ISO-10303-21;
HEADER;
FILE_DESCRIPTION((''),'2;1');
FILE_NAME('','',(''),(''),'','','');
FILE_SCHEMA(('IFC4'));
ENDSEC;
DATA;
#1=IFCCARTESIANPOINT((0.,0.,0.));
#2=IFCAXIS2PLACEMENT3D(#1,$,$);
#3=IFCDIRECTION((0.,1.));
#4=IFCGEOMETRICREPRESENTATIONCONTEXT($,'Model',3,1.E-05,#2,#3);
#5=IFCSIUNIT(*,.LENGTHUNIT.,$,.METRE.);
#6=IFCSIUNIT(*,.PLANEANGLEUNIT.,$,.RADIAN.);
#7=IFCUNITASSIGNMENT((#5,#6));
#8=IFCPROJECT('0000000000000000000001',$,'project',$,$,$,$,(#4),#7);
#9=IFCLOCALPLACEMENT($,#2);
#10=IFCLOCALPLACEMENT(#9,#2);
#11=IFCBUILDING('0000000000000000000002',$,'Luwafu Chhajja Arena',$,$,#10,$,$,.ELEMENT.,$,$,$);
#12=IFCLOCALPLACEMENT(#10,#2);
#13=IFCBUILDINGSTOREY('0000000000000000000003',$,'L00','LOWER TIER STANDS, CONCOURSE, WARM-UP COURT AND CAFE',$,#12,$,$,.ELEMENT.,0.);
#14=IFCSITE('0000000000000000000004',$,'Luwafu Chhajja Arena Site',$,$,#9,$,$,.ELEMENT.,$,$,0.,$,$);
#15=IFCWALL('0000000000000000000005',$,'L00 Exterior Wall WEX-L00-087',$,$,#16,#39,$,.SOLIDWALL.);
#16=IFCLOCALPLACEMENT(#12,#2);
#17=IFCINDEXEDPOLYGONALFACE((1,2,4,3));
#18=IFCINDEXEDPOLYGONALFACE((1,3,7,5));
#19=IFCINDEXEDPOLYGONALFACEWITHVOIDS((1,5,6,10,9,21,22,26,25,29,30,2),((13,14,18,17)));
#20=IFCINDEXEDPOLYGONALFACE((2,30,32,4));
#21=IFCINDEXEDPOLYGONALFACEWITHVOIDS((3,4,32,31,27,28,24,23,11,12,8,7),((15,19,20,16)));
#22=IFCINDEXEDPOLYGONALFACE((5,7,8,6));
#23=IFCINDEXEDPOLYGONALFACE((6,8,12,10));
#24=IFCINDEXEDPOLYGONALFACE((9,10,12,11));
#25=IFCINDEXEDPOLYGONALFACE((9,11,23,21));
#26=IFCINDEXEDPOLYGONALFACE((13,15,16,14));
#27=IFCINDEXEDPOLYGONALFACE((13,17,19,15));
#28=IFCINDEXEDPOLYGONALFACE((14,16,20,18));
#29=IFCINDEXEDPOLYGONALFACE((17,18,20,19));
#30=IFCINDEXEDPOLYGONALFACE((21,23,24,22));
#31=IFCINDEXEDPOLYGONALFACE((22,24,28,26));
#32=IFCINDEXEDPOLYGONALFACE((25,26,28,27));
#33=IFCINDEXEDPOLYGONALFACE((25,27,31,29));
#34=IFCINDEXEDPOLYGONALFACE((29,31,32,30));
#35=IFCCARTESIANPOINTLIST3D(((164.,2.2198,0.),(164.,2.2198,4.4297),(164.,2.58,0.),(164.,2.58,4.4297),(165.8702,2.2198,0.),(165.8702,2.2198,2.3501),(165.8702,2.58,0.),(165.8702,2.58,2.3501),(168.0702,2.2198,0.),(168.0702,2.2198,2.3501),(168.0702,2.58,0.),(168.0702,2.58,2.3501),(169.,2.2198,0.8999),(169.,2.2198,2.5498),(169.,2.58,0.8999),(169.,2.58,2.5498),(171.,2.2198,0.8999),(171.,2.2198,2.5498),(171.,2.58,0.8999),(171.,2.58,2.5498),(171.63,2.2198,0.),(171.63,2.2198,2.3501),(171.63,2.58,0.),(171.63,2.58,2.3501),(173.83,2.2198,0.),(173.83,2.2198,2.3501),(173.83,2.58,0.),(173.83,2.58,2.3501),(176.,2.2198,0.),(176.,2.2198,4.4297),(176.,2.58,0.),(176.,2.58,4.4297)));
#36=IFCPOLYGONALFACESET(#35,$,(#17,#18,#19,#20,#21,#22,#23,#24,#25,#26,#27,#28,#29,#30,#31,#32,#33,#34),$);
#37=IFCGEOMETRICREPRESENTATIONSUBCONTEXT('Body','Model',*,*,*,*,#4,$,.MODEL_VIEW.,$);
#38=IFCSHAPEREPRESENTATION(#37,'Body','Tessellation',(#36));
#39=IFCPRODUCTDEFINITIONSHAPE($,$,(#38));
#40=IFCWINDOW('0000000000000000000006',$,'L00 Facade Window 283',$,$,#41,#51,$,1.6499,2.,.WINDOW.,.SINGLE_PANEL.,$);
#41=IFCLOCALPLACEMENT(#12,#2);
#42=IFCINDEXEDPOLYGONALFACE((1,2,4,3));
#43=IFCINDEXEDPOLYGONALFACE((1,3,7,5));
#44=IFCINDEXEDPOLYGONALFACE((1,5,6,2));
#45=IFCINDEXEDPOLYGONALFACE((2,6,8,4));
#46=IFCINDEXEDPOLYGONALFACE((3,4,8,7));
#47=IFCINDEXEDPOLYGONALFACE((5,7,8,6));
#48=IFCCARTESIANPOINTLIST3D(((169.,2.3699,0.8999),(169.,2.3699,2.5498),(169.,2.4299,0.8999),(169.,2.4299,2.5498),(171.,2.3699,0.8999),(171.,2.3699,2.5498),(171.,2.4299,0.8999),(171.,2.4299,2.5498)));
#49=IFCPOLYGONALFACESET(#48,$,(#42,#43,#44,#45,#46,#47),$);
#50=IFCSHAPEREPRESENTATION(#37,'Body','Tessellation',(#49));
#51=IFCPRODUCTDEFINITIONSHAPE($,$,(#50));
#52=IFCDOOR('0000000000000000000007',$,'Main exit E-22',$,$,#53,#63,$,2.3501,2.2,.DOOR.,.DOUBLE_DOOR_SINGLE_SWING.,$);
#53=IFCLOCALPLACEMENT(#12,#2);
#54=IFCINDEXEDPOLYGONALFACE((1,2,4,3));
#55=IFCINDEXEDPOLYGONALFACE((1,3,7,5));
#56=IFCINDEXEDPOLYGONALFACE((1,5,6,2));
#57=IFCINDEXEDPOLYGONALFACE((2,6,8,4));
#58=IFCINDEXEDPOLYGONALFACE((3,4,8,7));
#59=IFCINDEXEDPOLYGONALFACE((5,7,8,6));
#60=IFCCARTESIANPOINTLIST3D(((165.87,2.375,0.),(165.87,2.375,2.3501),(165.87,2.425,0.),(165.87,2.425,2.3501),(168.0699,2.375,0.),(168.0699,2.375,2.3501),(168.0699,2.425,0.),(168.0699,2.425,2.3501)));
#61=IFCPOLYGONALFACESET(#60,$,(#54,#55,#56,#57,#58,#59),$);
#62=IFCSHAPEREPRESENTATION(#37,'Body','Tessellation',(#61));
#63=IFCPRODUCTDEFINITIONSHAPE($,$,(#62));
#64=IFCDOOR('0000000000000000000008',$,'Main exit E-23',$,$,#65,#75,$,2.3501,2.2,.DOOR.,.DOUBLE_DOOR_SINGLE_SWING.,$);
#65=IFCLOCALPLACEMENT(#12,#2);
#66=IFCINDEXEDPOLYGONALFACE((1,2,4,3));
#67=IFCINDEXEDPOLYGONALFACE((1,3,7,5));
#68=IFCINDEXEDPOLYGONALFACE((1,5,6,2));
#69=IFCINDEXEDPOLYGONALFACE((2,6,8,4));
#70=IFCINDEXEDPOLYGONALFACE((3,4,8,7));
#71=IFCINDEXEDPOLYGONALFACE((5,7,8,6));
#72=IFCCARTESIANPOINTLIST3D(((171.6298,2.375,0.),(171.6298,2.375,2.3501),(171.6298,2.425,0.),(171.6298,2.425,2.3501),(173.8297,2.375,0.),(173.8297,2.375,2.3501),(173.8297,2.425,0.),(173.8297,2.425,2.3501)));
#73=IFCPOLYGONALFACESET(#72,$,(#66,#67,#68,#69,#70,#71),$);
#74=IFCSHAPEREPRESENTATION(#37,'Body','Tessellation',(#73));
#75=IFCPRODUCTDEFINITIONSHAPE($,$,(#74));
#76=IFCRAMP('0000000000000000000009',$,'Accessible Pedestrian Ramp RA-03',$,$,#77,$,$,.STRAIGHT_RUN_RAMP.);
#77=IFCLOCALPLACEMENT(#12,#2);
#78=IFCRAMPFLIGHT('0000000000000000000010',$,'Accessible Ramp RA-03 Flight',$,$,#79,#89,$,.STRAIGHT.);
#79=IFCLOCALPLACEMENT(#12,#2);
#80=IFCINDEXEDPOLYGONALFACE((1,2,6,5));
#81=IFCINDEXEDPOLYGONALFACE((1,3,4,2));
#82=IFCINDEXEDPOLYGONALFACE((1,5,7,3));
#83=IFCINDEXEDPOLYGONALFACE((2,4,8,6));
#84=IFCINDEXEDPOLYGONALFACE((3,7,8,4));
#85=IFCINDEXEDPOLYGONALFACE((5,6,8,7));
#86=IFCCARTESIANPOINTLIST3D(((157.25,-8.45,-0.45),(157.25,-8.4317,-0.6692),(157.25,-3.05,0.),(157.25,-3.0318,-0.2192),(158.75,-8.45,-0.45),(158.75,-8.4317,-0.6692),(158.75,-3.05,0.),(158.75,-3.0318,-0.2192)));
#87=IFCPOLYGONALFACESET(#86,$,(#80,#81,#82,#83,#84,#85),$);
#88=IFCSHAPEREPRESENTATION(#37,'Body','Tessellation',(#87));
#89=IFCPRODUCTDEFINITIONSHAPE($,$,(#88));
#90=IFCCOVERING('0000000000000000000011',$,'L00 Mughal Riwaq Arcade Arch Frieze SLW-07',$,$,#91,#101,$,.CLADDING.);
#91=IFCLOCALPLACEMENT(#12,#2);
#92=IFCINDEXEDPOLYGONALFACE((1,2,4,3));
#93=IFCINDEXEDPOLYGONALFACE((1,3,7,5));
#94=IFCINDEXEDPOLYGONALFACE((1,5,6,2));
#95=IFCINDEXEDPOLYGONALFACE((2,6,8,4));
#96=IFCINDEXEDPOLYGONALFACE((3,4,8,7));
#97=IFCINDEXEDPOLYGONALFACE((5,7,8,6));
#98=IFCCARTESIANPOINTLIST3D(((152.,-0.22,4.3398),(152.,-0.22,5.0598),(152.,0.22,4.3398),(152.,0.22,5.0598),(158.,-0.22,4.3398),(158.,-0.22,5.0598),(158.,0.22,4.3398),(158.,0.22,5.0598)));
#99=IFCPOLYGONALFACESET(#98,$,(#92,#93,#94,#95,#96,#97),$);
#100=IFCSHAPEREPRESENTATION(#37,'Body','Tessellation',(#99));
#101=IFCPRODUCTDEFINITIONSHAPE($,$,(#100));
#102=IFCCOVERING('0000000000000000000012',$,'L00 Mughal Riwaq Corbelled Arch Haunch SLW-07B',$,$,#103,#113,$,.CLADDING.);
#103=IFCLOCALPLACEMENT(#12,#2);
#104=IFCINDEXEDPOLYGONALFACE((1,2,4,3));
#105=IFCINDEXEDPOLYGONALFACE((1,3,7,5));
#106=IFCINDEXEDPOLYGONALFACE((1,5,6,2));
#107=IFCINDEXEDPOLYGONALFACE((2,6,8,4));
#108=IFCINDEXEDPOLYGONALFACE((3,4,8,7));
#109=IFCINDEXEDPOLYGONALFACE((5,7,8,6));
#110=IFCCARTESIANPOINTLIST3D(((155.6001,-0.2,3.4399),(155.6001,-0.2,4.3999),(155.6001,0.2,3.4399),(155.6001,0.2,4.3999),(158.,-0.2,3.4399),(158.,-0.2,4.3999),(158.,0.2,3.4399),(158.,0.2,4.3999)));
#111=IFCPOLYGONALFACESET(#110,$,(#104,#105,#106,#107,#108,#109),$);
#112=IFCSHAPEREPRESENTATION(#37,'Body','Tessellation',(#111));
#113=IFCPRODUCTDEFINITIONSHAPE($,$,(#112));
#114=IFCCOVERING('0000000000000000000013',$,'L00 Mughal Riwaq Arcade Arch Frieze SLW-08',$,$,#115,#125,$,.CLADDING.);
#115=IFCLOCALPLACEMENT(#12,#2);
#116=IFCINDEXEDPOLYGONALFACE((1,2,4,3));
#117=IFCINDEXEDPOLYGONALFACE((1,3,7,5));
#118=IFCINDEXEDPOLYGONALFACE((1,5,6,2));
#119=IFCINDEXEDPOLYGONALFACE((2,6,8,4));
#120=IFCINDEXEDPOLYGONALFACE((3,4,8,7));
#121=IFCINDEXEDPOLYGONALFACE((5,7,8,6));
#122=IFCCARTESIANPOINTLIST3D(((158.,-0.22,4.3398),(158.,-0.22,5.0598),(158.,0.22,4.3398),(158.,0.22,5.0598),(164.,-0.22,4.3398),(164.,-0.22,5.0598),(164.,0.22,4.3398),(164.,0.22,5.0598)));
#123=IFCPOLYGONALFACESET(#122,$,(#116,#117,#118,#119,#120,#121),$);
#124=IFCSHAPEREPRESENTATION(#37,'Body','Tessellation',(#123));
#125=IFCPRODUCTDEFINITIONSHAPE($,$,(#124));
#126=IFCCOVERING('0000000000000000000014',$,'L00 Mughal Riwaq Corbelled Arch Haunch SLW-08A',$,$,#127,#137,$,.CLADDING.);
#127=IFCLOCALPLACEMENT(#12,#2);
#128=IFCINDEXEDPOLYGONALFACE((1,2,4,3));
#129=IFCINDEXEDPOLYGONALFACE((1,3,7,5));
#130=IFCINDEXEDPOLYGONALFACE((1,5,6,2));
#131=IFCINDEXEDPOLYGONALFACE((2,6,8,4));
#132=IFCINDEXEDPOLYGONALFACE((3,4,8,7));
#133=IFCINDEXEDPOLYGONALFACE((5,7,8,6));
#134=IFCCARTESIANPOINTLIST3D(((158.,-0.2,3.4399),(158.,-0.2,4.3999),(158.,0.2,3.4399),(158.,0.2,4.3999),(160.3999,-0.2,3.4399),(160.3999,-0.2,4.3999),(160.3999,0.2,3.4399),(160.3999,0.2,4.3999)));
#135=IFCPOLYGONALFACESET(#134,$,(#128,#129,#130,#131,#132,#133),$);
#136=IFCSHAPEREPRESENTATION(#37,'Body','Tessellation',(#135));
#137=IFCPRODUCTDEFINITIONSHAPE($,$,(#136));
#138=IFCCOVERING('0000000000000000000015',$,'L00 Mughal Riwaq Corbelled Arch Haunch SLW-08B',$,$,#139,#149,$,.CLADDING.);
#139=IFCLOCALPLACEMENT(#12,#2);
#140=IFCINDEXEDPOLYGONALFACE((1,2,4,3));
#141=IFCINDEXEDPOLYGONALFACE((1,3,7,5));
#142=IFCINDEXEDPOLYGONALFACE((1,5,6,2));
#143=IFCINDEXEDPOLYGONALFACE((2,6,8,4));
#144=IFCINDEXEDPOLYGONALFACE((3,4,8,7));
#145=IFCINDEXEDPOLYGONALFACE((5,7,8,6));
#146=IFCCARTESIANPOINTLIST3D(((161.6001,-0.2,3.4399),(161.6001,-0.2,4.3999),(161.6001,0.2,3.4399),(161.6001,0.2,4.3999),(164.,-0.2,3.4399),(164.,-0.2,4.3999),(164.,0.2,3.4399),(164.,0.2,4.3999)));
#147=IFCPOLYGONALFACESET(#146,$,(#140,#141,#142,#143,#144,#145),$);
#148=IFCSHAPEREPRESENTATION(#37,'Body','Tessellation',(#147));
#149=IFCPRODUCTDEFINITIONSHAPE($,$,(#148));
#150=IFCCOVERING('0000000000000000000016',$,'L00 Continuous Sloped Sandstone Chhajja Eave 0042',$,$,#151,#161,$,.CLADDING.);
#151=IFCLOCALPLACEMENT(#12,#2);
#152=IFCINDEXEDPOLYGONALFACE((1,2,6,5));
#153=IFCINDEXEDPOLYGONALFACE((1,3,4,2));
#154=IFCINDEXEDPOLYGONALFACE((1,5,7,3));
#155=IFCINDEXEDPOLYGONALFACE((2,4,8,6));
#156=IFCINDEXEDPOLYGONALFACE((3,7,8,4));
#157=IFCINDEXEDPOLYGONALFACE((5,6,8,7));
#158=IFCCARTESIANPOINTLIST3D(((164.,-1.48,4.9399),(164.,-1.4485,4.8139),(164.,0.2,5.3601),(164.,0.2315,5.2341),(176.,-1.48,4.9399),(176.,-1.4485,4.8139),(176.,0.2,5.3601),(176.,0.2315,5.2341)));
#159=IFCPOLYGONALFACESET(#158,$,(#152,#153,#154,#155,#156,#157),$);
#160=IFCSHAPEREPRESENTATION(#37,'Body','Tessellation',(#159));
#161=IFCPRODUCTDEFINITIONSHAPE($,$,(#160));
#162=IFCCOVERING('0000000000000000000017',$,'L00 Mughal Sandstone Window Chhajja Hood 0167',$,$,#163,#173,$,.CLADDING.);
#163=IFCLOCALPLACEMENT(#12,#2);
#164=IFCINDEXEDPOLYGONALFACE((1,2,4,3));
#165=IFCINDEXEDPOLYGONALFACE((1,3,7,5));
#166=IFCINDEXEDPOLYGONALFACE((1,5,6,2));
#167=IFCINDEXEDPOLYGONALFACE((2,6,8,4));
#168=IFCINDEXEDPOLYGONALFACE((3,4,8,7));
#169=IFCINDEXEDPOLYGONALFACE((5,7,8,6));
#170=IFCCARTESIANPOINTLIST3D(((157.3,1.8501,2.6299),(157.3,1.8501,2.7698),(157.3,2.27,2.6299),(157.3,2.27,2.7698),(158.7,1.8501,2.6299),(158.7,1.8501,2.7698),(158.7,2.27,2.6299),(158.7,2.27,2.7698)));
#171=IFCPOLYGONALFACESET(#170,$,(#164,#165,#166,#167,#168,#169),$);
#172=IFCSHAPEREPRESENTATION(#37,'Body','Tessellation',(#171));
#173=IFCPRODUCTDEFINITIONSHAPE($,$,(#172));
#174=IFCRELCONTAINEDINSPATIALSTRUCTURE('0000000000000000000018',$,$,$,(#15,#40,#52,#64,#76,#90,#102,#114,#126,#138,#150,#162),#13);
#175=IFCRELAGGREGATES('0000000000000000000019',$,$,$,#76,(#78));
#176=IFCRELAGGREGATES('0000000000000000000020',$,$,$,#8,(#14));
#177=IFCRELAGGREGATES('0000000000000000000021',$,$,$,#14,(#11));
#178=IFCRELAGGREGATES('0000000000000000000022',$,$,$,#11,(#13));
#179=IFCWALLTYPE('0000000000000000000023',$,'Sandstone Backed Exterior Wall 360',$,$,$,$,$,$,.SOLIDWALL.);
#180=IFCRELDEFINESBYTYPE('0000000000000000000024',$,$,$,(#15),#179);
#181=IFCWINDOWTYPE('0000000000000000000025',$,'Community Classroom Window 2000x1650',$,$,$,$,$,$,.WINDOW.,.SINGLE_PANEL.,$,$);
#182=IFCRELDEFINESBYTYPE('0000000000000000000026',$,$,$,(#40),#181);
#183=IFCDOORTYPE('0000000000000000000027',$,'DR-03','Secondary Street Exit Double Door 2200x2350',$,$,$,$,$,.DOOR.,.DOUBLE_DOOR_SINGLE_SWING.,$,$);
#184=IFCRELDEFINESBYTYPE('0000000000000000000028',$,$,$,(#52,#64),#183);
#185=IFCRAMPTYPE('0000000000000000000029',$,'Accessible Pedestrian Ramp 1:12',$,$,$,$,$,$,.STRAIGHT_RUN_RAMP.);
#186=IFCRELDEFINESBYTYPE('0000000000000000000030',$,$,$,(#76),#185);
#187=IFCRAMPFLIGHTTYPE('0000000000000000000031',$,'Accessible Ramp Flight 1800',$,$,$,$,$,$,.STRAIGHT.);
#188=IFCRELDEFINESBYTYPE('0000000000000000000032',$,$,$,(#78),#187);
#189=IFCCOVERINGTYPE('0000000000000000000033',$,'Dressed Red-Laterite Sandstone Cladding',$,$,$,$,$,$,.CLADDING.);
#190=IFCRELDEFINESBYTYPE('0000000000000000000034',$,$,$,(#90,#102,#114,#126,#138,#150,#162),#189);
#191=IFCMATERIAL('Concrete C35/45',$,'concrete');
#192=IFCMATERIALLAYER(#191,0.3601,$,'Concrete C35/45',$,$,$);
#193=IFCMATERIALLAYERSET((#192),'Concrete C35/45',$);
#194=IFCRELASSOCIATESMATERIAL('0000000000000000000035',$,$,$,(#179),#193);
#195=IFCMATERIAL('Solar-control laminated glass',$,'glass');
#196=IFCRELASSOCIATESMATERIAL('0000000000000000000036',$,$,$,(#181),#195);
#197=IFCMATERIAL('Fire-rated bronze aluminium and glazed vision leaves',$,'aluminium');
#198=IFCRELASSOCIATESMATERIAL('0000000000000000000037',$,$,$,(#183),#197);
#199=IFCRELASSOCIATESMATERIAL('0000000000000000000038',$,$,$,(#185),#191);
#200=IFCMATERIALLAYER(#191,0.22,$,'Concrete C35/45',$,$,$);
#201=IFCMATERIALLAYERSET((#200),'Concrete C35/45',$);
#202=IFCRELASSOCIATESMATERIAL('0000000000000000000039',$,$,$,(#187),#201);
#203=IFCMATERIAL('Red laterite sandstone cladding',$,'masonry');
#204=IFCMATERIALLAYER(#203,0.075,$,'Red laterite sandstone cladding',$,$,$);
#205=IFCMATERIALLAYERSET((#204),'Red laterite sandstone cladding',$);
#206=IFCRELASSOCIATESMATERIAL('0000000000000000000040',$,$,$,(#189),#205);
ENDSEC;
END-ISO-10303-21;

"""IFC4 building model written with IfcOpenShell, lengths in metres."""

from ifc_helpers import new_model, si_unit, direction, frame, frame_2d, origin, origin_2d, place, context, subcontext, project, spatial, polyline, rectangle, outline, extrude, material, layer, layer_set, type_object, element, fill, aggregate, save


model = new_model("IFC4")

# Units and contexts
model_context = context("Model", 3, precision=1e-05, world=origin(), true_north=direction((0.0, 1.0)))
body_context = subcontext(model_context, "Body", "Model", "MODEL_VIEW")
ifc_project = project(units=[si_unit("LENGTHUNIT", "METRE"), si_unit("PLANEANGLEUNIT", "RADIAN")], contexts=[model_context])

# Site, building, storey
site_placement = place(None, origin())
site = spatial("IfcSite", under=ifc_project, at=site_placement, Name="Luwafu Chhajja Arena Site", CompositionType="ELEMENT", RefElevation=0.0)
building_placement = place(site_placement, origin())
building = spatial("IfcBuilding", under=site, at=building_placement, Name="Luwafu Chhajja Arena", CompositionType="ELEMENT")
storey_placement = place(building_placement, origin())
storey = spatial("IfcBuildingStorey", under=building, at=storey_placement, Name="L00", Description="LOWER TIER STANDS, CONCOURSE, WARM-UP COURT AND CAFE", CompositionType="ELEMENT", Elevation=0.0)

# Shared definitions
ifc_material_1 = material(Name="Concrete C35/45", Category="concrete")

# Wall, openings, window, doors
ifc_layer_1 = layer(ifc_material_1, 0.3601, Name="Concrete C35/45")
ifc_layer_set_1 = layer_set([ifc_layer_1], Name="Concrete C35/45")
wall_type_1 = type_object("IfcWallType", Name="Sandstone Backed Exterior Wall 360", PredefinedType="SOLIDWALL", material=ifc_layer_set_1)
wall_1_placement = place(storey_placement, frame((164.0, 2.3999, 0.0), z_axis=(0.0, 0.0, 1.0), x_axis=(1.0, 0.0, 0.0)))
wall_1 = element("IfcWall", 1, at=wall_1_placement, inside=storey, type_object=wall_type_1, Name="L00 Exterior Wall WEX-L00-087", PredefinedType="SOLIDWALL", context=body_context, shape_type="SweptSolid", body=[
    extrude(rectangle(XDim=12.0, YDim=0.3601, at=frame_2d((6.0, 0.0))), origin(), (0.0, 0.0, 1.0), 4.4297),
])
opening_1_placement = place(wall_1_placement, frame((1.8701, 0.0, 0.0)))
opening_1 = element("IfcOpeningElement", 2, at=opening_1_placement, cuts=wall_1, PredefinedType="OPENING", context=body_context, shape_type="SweptSolid", body=[
    extrude(rectangle(XDim=2.2, YDim=2.3501, at=frame_2d((1.1001, 1.175))), frame((0.0, 0.1899, 0.0), z_axis=(0.0, -1.0, 0.0), x_axis=(1.0, 0.0, 0.0)), (0.0, 0.0, 1.0), 0.3801),
])
opening_2_placement = place(wall_1_placement, frame((7.6299, 0.0, 0.0)))
opening_2 = element("IfcOpeningElement", 3, at=opening_2_placement, cuts=wall_1, PredefinedType="OPENING", context=body_context, shape_type="SweptSolid", body=[
    extrude(rectangle(XDim=2.2, YDim=2.3501, at=frame_2d((1.1001, 1.175))), frame((0.0, 0.1899, 0.0), z_axis=(0.0, -1.0, 0.0), x_axis=(1.0, 0.0, 0.0)), (0.0, 0.0, 1.0), 0.3801),
])
opening_3_placement = place(wall_1_placement, frame((5.0, 0.0, 0.8999)))
opening_3 = element("IfcOpeningElement", 4, at=opening_3_placement, cuts=wall_1, PredefinedType="OPENING", context=body_context, shape_type="SweptSolid", body=[
    extrude(rectangle(XDim=2.0, YDim=1.6499, at=frame_2d((1.0, 0.825))), frame((0.0, 0.1899, 0.0), z_axis=(0.0, -1.0, 0.0), x_axis=(1.0, 0.0, 0.0)), (0.0, 0.0, 1.0), 0.3801),
])
ifc_material_2 = material(Name="Solar-control laminated glass", Category="glass")
window_type = type_object("IfcWindowType", Name="Community Classroom Window 2000x1650", PartitioningType="SINGLE_PANEL", PredefinedType="WINDOW", material=ifc_material_2)
window_placement = place(opening_3_placement, origin())
window = element("IfcWindow", 5, at=window_placement, inside=storey, type_object=window_type, Name="L00 Facade Window 283", OverallHeight=1.6499, OverallWidth=2.0, PartitioningType="SINGLE_PANEL", PredefinedType="WINDOW", context=body_context, shape_type="SweptSolid", body=[
    extrude(rectangle(XDim=2.0, YDim=1.6499, at=frame_2d((1.0, 0.825))), frame((0.0, 0.03, 0.0), z_axis=(0.0, -1.0, 0.0), x_axis=(1.0, 0.0, 0.0)), (0.0, 0.0, 1.0), 0.0601),
])
fill(opening_3, window)
ifc_material_3 = material(Name="Fire-rated bronze aluminium and glazed vision leaves", Category="aluminium")
door_type = type_object("IfcDoorType", Name="DR-03", Description="Secondary Street Exit Double Door 2200x2350", OperationType="DOUBLE_DOOR_SINGLE_SWING", PredefinedType="DOOR", material=ifc_material_3)
door_1_placement = place(opening_1_placement, frame((2.2, 0.0, 0.0), z_axis=(0.0, 0.0, 1.0), x_axis=(-1.0, 0.0, 0.0)))
door_1 = element("IfcDoor", 6, at=door_1_placement, inside=storey, type_object=door_type, Name="Main exit E-22", OperationType="DOUBLE_DOOR_SINGLE_SWING", OverallHeight=2.3501, OverallWidth=2.2, PredefinedType="DOOR", context=body_context, shape_type="SweptSolid", body=[
    extrude(rectangle(XDim=2.2, YDim=2.3501, at=frame_2d((1.1001, 1.175))), frame((0.0, 0.0249, 0.0), z_axis=(0.0, -1.0, 0.0), x_axis=(1.0, 0.0, 0.0)), (0.0, 0.0, 1.0), 0.05),
])
fill(opening_1, door_1)
door_2_placement = place(opening_2_placement, frame((2.2, 0.0, 0.0), z_axis=(0.0, 0.0, 1.0), x_axis=(-1.0, 0.0, 0.0)))
door_2 = element("IfcDoor", 7, at=door_2_placement, inside=storey, type_object=door_type, Name="Main exit E-23", OperationType="DOUBLE_DOOR_SINGLE_SWING", OverallHeight=2.3501, OverallWidth=2.2, PredefinedType="DOOR", context=body_context, shape_type="SweptSolid", body=[
    extrude(rectangle(XDim=2.2, YDim=2.3501, at=frame_2d((1.1001, 1.175))), frame((0.0, 0.0249, 0.0), z_axis=(0.0, -1.0, 0.0), x_axis=(1.0, 0.0, 0.0)), (0.0, 0.0, 1.0), 0.05),
])
fill(opening_2, door_2)

# Ramp, ramp flight
ramp_type = type_object("IfcRampType", Name="Accessible Pedestrian Ramp 1:12", PredefinedType="STRAIGHT_RUN_RAMP", material=ifc_material_1)
ramp_placement = place(storey_placement, origin())
ramp = element("IfcRamp", 8, at=ramp_placement, inside=storey, type_object=ramp_type, Name="Accessible Pedestrian Ramp RA-03", PredefinedType="STRAIGHT_RUN_RAMP")
ifc_layer_2 = layer(ifc_material_1, 0.22, Name="Concrete C35/45")
ifc_layer_set_2 = layer_set([ifc_layer_2], Name="Concrete C35/45")
ramp_flight_type = type_object("IfcRampFlightType", Name="Accessible Ramp Flight 1800", PredefinedType="STRAIGHT", material=ifc_layer_set_2)
ramp_flight_placement = place(storey_placement, frame((157.25, -8.45, -0.45), z_axis=(0.0, -0.083038, 0.996546), x_axis=(1.0, 0.0, 0.0)))
ramp_flight = element("IfcRampFlight", 9, at=ramp_flight_placement, type_object=ramp_flight_type, Name="Accessible Ramp RA-03 Flight", PredefinedType="STRAIGHT", context=body_context, shape_type="SweptSolid", body=[
    extrude(outline(polyline([(0.0, 0.0), (1.5, 0.0), (1.5, 5.4186), (0.0, 5.4186), (0.0, 0.0)])), origin(), (0.0, 0.0, -1.0), 0.22),
])
aggregate(ramp, [ramp_flight])

# Coverings
ifc_material_4 = material(Name="Red laterite sandstone cladding", Category="masonry")
ifc_layer_3 = layer(ifc_material_4, 0.075, Name="Red laterite sandstone cladding")
ifc_layer_set_3 = layer_set([ifc_layer_3], Name="Red laterite sandstone cladding")
covering_type = type_object("IfcCoveringType", Name="Dressed Red-Laterite Sandstone Cladding", PredefinedType="CLADDING", material=ifc_layer_set_3)
covering_1_placement = place(storey_placement, frame((155.0, 0.0, 4.3398), z_axis=(0.0, 0.0, 1.0), x_axis=(1.0, 0.0, 0.0)))
element("IfcCovering", 10, at=covering_1_placement, inside=storey, type_object=covering_type, Name="L00 Mughal Riwaq Arcade Arch Frieze SLW-07", PredefinedType="CLADDING", context=body_context, shape_type="SweptSolid", body=[
    extrude(rectangle(XDim=6.0, YDim=0.4399, at=origin_2d()), origin(), (0.0, 0.0, 1.0), 0.72),
])
covering_2_placement = place(storey_placement, frame((156.8, 0.0, 3.4399), z_axis=(0.0, 0.0, 1.0), x_axis=(1.0, 0.0, 0.0)))
element("IfcCovering", 11, at=covering_2_placement, inside=storey, type_object=covering_type, Name="L00 Mughal Riwaq Corbelled Arch Haunch SLW-07B", PredefinedType="CLADDING", context=body_context, shape_type="SweptSolid", body=[
    extrude(rectangle(XDim=2.3999, YDim=0.3999, at=origin_2d()), origin(), (0.0, 0.0, 1.0), 0.96),
])
covering_3_placement = place(storey_placement, frame((161.0, 0.0, 4.3398), z_axis=(0.0, 0.0, 1.0), x_axis=(1.0, 0.0, 0.0)))
element("IfcCovering", 12, at=covering_3_placement, inside=storey, type_object=covering_type, Name="L00 Mughal Riwaq Arcade Arch Frieze SLW-08", PredefinedType="CLADDING", context=body_context, shape_type="SweptSolid", body=[
    extrude(rectangle(XDim=6.0, YDim=0.4399, at=origin_2d()), origin(), (0.0, 0.0, 1.0), 0.72),
])
for number, where, z_axis, x_axis, name in (
    (13, (159.2, 0.0, 3.4399), (0.0, 0.0, 1.0), (1.0, 0.0, 0.0), "L00 Mughal Riwaq Corbelled Arch Haunch SLW-08A"),
    (14, (162.8, 0.0, 3.4399), (0.0, 0.0, 1.0), (1.0, 0.0, 0.0), "L00 Mughal Riwaq Corbelled Arch Haunch SLW-08B"),
):
    element("IfcCovering", number, at=place(storey_placement, frame(where, z_axis=z_axis, x_axis=x_axis)), inside=storey, type_object=covering_type, Name=name, PredefinedType="CLADDING", context=body_context, shape_type="SweptSolid", body=[
        extrude(rectangle(XDim=2.3999, YDim=0.3999, at=origin_2d()), origin(), (0.0, 0.0, 1.0), 0.96),
    ])
covering_4_placement = place(storey_placement, frame((164.0, 0.2, 5.3601), z_axis=(0.0, -0.242635, 0.970118), x_axis=(1.0, 0.0, 0.0)))
element("IfcCovering", 15, at=covering_4_placement, inside=storey, type_object=covering_type, Name="L00 Continuous Sloped Sandstone Chhajja Eave 0042", PredefinedType="CLADDING", context=body_context, shape_type="SweptSolid", body=[
    extrude(outline(polyline([(0.0, 0.0), (12.0, 0.0), (12.0, -1.7317), (0.0, -1.7317), (0.0, 0.0)])), origin(), (0.0, 0.0, -1.0), 0.1299),
])
covering_5_placement = place(storey_placement, frame((158.0, 2.0601, 2.6299), z_axis=(0.0, 0.0, 1.0), x_axis=(1.0, 0.0, 0.0)))
element("IfcCovering", 16, at=covering_5_placement, inside=storey, type_object=covering_type, Name="L00 Mughal Sandstone Window Chhajja Hood 0167", PredefinedType="CLADDING", context=body_context, shape_type="SweptSolid", body=[
    extrude(rectangle(XDim=1.3999, YDim=0.4199, at=origin_2d()), origin(), (0.0, 0.0, 1.0), 0.1399),
])

save(model, "model.ifc")
